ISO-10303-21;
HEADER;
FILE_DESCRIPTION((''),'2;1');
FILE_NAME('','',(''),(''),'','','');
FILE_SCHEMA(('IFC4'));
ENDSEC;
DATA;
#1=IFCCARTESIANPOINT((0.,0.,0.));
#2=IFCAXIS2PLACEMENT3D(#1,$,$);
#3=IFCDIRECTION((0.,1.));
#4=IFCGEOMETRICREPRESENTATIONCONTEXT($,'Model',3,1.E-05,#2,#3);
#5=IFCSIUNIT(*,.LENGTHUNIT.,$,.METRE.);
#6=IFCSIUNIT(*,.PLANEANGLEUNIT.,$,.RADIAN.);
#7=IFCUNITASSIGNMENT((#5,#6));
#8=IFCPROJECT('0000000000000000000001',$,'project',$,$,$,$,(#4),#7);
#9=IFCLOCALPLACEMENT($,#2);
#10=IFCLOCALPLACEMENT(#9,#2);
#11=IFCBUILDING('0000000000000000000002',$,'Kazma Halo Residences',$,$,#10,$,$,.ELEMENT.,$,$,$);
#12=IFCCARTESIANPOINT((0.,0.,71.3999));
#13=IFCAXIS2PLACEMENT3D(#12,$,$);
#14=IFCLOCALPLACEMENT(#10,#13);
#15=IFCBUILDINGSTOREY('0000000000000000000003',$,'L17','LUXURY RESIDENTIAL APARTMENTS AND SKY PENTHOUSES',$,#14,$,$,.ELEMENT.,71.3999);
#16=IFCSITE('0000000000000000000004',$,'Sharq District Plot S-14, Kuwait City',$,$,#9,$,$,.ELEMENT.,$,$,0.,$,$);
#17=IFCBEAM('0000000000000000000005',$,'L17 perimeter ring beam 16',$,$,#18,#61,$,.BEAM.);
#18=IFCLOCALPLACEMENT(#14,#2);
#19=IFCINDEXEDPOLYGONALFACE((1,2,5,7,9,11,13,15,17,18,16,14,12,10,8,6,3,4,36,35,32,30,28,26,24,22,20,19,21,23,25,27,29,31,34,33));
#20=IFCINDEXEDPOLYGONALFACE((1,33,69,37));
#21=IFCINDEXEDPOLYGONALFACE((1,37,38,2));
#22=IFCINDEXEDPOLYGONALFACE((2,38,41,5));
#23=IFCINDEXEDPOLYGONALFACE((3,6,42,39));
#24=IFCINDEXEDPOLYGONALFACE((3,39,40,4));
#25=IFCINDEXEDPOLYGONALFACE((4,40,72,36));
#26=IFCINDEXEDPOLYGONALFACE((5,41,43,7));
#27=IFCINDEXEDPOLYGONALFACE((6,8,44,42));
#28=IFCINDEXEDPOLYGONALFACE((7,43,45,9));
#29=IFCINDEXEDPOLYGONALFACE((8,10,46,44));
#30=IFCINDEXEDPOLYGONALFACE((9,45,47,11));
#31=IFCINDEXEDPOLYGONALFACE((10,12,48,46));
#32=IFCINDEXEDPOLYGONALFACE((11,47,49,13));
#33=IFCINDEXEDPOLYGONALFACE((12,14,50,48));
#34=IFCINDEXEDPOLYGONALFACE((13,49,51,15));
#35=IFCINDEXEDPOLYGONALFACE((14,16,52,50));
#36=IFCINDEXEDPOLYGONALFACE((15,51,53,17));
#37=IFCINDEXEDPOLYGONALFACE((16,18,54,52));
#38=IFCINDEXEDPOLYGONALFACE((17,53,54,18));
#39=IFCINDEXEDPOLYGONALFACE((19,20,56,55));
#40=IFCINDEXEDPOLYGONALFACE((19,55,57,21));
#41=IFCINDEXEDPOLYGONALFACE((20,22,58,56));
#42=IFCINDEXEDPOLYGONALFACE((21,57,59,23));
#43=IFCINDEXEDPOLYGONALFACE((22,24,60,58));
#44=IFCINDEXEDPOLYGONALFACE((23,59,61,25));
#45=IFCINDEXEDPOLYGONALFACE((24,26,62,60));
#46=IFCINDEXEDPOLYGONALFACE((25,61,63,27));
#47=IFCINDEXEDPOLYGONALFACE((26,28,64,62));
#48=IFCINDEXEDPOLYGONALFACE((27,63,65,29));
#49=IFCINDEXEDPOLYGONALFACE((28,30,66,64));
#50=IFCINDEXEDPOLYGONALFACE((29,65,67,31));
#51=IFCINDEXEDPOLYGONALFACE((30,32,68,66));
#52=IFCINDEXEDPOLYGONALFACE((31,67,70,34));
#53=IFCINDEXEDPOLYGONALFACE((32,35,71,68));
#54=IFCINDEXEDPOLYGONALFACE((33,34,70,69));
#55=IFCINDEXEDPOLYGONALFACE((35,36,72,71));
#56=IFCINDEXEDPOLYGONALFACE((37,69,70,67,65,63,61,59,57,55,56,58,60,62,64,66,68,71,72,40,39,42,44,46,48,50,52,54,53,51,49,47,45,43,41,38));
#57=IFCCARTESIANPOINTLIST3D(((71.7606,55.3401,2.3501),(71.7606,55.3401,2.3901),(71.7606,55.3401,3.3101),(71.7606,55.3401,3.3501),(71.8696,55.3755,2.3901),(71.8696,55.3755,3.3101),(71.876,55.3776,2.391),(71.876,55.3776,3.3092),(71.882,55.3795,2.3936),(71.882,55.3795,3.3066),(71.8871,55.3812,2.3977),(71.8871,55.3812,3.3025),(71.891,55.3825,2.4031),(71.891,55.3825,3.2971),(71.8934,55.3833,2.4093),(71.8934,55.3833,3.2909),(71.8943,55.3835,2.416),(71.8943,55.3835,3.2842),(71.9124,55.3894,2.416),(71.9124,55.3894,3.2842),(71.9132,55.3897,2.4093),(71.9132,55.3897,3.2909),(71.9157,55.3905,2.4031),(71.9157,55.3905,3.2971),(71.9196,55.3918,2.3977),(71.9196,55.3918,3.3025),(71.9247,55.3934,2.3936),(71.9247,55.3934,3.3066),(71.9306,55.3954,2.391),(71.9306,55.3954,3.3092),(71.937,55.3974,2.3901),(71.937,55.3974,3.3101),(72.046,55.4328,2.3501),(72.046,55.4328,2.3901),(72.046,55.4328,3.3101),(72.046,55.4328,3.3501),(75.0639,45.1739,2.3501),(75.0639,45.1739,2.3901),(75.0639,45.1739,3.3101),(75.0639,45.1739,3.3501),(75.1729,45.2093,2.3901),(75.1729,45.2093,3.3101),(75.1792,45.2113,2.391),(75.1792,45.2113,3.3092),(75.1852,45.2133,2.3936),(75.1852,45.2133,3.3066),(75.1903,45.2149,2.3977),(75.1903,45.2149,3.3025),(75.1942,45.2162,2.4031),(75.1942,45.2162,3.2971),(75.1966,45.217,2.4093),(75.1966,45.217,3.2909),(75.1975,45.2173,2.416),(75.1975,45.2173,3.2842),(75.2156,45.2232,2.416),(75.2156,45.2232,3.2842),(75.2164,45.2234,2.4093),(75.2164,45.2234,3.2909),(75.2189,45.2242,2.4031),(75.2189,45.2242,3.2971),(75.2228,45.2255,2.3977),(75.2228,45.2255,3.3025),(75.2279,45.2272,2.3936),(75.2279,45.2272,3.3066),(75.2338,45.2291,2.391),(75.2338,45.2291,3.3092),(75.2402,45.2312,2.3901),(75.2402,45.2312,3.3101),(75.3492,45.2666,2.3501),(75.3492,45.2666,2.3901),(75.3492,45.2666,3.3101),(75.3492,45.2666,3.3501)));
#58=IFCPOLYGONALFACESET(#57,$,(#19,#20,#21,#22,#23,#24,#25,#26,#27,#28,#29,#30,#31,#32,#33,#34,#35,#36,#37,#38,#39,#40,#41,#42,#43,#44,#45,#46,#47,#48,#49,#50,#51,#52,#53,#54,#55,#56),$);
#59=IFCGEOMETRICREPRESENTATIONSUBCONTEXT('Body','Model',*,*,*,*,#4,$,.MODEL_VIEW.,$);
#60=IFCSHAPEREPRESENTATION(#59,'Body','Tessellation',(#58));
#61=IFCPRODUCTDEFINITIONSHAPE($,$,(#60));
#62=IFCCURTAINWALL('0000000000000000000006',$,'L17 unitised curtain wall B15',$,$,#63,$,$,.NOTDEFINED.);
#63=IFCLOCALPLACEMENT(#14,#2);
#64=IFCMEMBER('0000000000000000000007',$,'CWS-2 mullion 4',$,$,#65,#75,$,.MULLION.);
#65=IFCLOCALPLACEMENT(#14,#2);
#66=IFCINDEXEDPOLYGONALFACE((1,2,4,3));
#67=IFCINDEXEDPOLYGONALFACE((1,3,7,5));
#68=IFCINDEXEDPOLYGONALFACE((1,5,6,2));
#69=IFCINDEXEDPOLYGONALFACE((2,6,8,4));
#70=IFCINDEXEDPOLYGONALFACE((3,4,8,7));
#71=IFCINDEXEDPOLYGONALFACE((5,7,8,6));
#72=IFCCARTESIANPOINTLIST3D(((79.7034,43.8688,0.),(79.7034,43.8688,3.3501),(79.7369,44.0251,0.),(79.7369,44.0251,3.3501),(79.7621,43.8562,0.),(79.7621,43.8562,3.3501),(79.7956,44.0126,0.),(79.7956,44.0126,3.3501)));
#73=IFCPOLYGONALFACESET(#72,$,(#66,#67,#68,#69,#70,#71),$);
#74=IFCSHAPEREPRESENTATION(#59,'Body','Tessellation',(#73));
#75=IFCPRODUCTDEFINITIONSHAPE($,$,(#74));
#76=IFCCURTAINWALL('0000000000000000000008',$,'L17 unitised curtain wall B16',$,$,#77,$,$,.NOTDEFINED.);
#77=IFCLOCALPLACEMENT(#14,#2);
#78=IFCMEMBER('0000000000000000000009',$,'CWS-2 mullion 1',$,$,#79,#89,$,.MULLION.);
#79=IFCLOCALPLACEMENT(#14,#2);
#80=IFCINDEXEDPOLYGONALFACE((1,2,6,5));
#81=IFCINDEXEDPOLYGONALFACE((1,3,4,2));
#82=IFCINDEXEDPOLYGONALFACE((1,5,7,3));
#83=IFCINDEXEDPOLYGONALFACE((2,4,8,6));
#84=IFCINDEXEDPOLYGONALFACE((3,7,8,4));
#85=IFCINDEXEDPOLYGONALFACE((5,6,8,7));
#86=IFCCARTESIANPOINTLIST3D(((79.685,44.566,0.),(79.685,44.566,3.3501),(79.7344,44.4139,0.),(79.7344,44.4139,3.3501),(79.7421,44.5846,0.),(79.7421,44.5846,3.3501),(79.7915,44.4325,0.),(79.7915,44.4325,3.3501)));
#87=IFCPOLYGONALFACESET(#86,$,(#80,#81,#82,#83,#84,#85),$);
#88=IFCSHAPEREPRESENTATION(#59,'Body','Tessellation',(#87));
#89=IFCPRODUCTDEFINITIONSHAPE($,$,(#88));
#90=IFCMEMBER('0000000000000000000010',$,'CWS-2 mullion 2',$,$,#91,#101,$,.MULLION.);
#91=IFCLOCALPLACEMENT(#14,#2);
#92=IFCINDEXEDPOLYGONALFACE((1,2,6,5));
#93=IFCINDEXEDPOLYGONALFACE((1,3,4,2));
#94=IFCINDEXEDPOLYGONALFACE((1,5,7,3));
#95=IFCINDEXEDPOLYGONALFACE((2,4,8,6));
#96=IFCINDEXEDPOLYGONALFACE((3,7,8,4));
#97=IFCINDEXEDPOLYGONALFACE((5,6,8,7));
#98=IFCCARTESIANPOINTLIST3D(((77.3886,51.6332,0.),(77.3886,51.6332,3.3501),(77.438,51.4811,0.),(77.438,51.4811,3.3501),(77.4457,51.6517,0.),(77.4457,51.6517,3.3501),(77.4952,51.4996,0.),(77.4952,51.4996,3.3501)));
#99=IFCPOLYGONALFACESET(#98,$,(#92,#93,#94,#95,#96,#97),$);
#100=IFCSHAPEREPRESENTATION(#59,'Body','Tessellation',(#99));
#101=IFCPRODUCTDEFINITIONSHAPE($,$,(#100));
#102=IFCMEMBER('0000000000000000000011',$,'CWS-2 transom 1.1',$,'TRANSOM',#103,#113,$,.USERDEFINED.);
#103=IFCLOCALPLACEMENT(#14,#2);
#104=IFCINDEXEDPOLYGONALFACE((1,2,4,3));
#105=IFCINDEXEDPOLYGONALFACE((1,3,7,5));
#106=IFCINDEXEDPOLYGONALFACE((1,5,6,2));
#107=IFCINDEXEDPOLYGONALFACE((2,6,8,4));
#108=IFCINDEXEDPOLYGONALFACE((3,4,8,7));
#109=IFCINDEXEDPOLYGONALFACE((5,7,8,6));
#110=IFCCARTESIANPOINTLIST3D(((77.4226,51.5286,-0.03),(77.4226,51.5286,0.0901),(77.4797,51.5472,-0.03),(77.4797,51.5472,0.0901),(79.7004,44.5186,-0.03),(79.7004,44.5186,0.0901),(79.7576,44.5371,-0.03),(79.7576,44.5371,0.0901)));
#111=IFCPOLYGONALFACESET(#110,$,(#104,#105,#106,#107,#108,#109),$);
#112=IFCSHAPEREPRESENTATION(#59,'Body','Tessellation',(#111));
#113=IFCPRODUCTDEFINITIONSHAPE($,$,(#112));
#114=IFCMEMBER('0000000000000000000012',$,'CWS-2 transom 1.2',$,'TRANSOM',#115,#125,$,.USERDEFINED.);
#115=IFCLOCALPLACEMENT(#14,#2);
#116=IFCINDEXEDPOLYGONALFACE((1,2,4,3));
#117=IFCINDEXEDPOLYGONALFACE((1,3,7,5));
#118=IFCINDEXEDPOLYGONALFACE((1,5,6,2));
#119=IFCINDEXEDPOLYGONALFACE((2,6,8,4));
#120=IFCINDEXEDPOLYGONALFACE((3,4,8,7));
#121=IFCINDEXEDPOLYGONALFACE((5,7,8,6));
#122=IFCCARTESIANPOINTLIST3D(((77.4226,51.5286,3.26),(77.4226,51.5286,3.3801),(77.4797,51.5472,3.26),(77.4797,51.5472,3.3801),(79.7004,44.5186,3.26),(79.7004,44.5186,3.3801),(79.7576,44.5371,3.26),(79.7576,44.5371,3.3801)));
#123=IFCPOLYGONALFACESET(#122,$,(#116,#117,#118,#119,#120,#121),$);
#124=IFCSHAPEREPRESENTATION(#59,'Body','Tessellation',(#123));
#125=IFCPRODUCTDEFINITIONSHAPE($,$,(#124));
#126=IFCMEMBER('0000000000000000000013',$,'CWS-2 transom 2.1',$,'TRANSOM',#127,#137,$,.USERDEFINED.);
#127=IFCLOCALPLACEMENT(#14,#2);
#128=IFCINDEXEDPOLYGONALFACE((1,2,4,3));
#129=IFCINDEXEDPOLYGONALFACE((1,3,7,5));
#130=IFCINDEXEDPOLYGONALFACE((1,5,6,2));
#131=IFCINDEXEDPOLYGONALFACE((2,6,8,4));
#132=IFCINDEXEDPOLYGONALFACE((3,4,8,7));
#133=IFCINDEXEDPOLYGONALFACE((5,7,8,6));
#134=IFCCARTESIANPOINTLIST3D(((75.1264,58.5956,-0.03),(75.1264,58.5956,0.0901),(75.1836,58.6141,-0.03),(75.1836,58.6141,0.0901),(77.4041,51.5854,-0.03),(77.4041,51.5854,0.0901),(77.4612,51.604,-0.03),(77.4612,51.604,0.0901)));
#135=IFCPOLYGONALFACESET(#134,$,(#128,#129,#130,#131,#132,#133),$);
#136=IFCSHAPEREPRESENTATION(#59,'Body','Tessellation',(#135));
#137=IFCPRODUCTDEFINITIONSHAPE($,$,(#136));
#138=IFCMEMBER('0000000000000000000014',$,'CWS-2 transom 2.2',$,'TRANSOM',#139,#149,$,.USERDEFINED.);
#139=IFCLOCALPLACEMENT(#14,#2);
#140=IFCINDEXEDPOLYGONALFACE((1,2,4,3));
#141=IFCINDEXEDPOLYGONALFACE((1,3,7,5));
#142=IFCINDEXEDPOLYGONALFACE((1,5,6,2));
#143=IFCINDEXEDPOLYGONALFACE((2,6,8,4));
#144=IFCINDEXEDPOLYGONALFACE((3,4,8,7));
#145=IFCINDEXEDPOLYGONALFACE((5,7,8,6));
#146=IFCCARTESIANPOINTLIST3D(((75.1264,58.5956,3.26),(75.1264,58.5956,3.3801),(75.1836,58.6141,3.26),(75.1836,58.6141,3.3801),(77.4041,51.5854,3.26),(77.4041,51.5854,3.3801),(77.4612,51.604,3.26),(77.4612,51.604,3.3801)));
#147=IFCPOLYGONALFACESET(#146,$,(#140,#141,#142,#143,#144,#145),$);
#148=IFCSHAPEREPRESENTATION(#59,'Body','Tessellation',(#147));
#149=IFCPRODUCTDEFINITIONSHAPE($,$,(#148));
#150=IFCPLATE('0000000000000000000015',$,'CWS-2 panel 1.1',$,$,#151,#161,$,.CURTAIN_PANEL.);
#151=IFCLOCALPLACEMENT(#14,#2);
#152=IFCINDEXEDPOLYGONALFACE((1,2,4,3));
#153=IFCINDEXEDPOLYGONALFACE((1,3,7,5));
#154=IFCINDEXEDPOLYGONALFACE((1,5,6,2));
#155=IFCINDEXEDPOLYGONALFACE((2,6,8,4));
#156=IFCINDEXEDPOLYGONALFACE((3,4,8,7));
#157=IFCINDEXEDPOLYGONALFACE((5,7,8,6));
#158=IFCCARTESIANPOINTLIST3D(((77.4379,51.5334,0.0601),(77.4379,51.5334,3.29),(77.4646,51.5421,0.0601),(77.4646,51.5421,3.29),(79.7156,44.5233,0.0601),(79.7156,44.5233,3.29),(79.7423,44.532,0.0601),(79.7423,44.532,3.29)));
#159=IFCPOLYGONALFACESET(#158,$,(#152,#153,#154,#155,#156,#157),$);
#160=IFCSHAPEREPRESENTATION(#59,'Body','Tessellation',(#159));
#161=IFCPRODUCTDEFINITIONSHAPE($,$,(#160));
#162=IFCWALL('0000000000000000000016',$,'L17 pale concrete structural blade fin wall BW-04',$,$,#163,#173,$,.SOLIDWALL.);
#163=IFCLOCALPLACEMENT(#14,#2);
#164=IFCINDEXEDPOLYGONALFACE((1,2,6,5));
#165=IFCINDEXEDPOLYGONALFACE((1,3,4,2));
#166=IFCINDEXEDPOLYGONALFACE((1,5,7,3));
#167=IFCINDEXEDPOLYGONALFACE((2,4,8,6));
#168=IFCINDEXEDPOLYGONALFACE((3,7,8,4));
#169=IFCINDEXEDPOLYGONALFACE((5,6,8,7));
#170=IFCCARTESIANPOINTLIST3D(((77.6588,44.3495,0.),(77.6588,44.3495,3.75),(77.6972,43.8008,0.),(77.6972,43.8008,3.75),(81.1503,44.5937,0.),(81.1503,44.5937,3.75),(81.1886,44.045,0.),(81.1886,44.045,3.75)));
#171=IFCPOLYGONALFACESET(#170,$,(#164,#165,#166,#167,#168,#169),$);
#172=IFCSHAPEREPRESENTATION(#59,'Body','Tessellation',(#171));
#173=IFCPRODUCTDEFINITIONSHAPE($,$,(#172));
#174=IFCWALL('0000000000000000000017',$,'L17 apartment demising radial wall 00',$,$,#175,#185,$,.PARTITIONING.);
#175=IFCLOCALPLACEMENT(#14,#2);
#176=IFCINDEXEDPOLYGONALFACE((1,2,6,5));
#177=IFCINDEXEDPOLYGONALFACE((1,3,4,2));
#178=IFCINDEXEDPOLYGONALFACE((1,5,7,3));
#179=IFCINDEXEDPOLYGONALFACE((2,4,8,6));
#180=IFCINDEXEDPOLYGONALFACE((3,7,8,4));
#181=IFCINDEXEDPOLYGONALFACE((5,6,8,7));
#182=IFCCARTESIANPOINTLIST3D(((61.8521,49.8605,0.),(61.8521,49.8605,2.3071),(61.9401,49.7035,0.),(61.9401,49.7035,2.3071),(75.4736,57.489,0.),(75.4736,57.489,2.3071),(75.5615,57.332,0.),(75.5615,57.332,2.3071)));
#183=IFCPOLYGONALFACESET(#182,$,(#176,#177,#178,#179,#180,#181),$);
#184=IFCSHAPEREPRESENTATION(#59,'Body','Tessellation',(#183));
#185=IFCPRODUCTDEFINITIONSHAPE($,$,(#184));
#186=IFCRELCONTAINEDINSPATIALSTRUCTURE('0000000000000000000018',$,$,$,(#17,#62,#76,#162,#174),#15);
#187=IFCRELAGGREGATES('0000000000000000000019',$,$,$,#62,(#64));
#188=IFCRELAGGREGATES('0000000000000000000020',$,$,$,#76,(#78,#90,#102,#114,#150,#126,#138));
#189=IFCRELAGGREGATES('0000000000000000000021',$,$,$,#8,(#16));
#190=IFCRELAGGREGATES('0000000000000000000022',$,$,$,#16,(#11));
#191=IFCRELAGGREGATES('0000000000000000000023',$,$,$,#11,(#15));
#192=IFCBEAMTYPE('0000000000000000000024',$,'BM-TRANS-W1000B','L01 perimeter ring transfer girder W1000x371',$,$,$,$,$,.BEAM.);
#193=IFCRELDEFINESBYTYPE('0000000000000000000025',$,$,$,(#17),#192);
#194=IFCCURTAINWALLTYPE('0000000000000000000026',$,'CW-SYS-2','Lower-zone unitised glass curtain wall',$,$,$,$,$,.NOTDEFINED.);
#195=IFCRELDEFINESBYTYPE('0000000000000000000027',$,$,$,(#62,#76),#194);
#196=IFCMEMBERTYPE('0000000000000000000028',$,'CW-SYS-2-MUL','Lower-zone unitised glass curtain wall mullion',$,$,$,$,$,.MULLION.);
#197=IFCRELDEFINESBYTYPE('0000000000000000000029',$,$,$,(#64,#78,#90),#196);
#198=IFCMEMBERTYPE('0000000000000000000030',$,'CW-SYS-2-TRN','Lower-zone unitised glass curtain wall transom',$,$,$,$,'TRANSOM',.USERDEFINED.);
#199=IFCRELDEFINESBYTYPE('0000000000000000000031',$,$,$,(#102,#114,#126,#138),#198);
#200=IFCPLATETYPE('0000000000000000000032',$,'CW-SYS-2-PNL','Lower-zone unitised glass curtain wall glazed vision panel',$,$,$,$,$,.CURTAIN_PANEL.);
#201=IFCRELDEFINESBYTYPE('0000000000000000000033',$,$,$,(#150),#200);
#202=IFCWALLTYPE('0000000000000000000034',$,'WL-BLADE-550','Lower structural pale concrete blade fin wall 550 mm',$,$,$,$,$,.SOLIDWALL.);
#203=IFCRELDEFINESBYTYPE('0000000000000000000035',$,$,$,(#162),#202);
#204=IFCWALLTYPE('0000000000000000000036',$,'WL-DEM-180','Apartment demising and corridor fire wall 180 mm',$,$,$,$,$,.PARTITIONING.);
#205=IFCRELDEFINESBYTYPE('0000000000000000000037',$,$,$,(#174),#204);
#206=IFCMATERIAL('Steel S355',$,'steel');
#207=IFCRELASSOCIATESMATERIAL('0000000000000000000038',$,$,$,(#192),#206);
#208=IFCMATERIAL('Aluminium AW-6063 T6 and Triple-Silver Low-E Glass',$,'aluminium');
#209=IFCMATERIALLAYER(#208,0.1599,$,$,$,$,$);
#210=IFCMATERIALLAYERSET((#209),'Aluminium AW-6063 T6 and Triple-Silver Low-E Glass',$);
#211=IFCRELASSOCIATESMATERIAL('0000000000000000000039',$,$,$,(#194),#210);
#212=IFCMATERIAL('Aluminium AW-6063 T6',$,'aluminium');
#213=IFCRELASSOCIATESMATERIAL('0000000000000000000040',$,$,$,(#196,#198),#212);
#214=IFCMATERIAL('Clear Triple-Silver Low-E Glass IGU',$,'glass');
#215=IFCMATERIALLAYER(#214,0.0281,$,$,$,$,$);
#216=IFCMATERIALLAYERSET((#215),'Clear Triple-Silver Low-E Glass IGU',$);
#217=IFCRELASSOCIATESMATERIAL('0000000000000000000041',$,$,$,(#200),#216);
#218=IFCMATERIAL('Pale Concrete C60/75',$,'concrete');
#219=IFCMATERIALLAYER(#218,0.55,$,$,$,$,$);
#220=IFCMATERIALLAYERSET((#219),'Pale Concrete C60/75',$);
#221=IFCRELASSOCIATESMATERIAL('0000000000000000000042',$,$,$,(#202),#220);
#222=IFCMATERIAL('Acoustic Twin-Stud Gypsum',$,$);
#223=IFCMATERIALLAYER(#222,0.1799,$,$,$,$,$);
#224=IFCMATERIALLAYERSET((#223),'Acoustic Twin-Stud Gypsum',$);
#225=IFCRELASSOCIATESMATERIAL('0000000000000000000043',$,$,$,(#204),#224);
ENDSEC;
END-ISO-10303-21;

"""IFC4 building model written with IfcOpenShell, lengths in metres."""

from ifc_helpers import new_model, si_unit, direction, frame, frame_2d, origin, origin_2d, place, context, subcontext, project, spatial, rectangle, i_section, extrude, material, layer, layer_set, material_profile, profile_set, type_object, element, aggregate, save


model = new_model("IFC4")

# Units and contexts
model_context = context("Model", 3, precision=1e-05, world=origin(), true_north=direction((0.0, 1.0)))
body_context = subcontext(model_context, "Body", "Model", "MODEL_VIEW")
ifc_project = project(units=[si_unit("LENGTHUNIT", "METRE"), si_unit("PLANEANGLEUNIT", "RADIAN")], contexts=[model_context])

# Site, building, storey
site_placement = place(None, origin())
site = spatial("IfcSite", under=ifc_project, at=site_placement, Name="Sharq District Plot S-14, Kuwait City", CompositionType="ELEMENT", RefElevation=0.0)
building_placement = place(site_placement, origin())
building = spatial("IfcBuilding", under=site, at=building_placement, Name="Kazma Halo Residences", CompositionType="ELEMENT")
storey_placement = place(building_placement, frame((0.0, 0.0, 71.3999)))
storey = spatial("IfcBuildingStorey", under=building, at=storey_placement, Name="L17", Description="LUXURY RESIDENTIAL APARTMENTS AND SKY PENTHOUSES", CompositionType="ELEMENT", Elevation=71.3999)

# Beam
ifc_material_1 = material(Name="Steel S355", Category="steel")
ifc_material_profile_1 = material_profile(ifc_material_1, i_section(OverallWidth=0.3, OverallDepth=1.0, WebThickness=0.019, FlangeThickness=0.04, FilletRadius=0.0259, at=origin_2d()), Name="W1000x371")
ifc_profile_set_1 = profile_set([ifc_material_profile_1], Name="Steel S355")
beam_type_1 = type_object("IfcBeamType", Name="BM-TRANS-W1000B", Description="L01 perimeter ring transfer girder W1000x371", PredefinedType="BEAM", material=ifc_profile_set_1)
beam_1_placement = place(storey_placement, frame((75.2065, 45.2202, 2.8501), z_axis=(-0.309017, 0.951056, 0.0), x_axis=(-0.951056, -0.309017, 0.0)))
element("IfcBeam", 1, at=beam_1_placement, inside=storey, type_object=beam_type_1, Name="L17 perimeter ring beam 16", PredefinedType="BEAM", context=body_context, shape_type="SweptSolid", body=[
    extrude(i_section(OverallWidth=0.3, OverallDepth=1.0, WebThickness=0.019, FlangeThickness=0.04, FilletRadius=0.0259, at=origin_2d()), origin(), (0.0, 0.0, 1.0), 10.6895),
])

# Curtain wall, member
ifc_material_2 = material(Name="Aluminium AW-6063 T6 and Triple-Silver Low-E Glass", Category="aluminium")
ifc_layer_1 = layer(ifc_material_2, 0.1599)
ifc_layer_set_1 = layer_set([ifc_layer_1], Name="Aluminium AW-6063 T6 and Triple-Silver Low-E Glass")
curtain_wall_type = type_object("IfcCurtainWallType", Name="CW-SYS-2", Description="Lower-zone unitised glass curtain wall", PredefinedType="NOTDEFINED", material=ifc_layer_set_1)
curtain_wall_1_placement = place(storey_placement, origin())
curtain_wall_1 = element("IfcCurtainWall", 2, at=curtain_wall_1_placement, inside=storey, type_object=curtain_wall_type, Name="L17 unitised curtain wall B15", PredefinedType="NOTDEFINED")
ifc_material_3 = material(Name="Aluminium AW-6063 T6", Category="aluminium")
ifc_material_profile_2 = material_profile(ifc_material_3, rectangle(XDim=0.0601, YDim=0.1599, at=origin_2d()), Name="CWM-60x160")
ifc_profile_set_2 = profile_set([ifc_material_profile_2], Name="Aluminium AW-6063 T6")
member_type_1 = type_object("IfcMemberType", Name="CW-SYS-2-MUL", Description="Lower-zone unitised glass curtain wall mullion", PredefinedType="MULLION", material=ifc_profile_set_2)
member_1_placement = place(storey_placement, frame((79.7495, 43.9407, 0.0), z_axis=(0.0, 0.0, 1.0), x_axis=(-0.977779, 0.209637, 0.0)))
member_1 = element("IfcMember", 3, at=member_1_placement, type_object=member_type_1, Name="CWS-2 mullion 4", PredefinedType="MULLION", context=body_context, shape_type="SweptSolid", body=[
    extrude(rectangle(XDim=0.0601, YDim=0.1599, at=origin_2d()), origin(), (0.0, 0.0, 1.0), 3.3501),
])
aggregate(curtain_wall_1, [member_1])

# Curtain wall, members, plate
curtain_wall_2_placement = place(storey_placement, origin())
curtain_wall_2 = element("IfcCurtainWall", 4, at=curtain_wall_2_placement, inside=storey, type_object=curtain_wall_type, Name="L17 unitised curtain wall B16", PredefinedType="NOTDEFINED")
member_2_placement = place(storey_placement, frame((79.7383, 44.4993, 0.0), z_axis=(0.0, 0.0, 1.0), x_axis=(-0.951057, -0.309017, 0.0)))
member_2 = element("IfcMember", 5, at=member_2_placement, type_object=member_type_1, Name="CWS-2 mullion 1", PredefinedType="MULLION", context=body_context, shape_type="SweptSolid", body=[
    extrude(rectangle(XDim=0.0601, YDim=0.1599, at=origin_2d()), origin(), (0.0, 0.0, 1.0), 3.3501),
])
member_3_placement = place(storey_placement, frame((77.4419, 51.5664, 0.0), z_axis=(0.0, 0.0, 1.0), x_axis=(-0.951057, -0.309017, 0.0)))
member_3 = element("IfcMember", 6, at=member_3_placement, type_object=member_type_1, Name="CWS-2 mullion 2", PredefinedType="MULLION", context=body_context, shape_type="SweptSolid", body=[
    extrude(rectangle(XDim=0.0601, YDim=0.1599, at=origin_2d()), origin(), (0.0, 0.0, 1.0), 3.3501),
])
ifc_material_profile_3 = material_profile(ifc_material_3, rectangle(XDim=0.0601, YDim=0.1201, at=origin_2d()), Name="CWT-60x120")
ifc_profile_set_3 = profile_set([ifc_material_profile_3], Name="Aluminium AW-6063 T6")
member_type_2 = type_object("IfcMemberType", Name="CW-SYS-2-TRN", Description="Lower-zone unitised glass curtain wall transom", ElementType="TRANSOM", PredefinedType="USERDEFINED", material=ifc_profile_set_3)
member_4_placement = place(storey_placement, frame((79.729, 44.5278, 0.03), z_axis=(-0.309034, 0.951051, 0.0), x_axis=(-0.951051, -0.309034, 0.0)))
member_4 = element("IfcMember", 7, at=member_4_placement, type_object=member_type_2, Name="CWS-2 transom 1.1", ObjectType="TRANSOM", PredefinedType="USERDEFINED", context=body_context, shape_type="SweptSolid", body=[
    extrude(rectangle(XDim=0.0601, YDim=0.1201, at=origin_2d()), origin(), (0.0, 0.0, 1.0), 7.3708),
])
member_5_placement = place(storey_placement, frame((79.729, 44.5278, 3.3201), z_axis=(-0.309034, 0.951051, 0.0), x_axis=(-0.951051, -0.309034, 0.0)))
member_5 = element("IfcMember", 8, at=member_5_placement, type_object=member_type_2, Name="CWS-2 transom 1.2", ObjectType="TRANSOM", PredefinedType="USERDEFINED", context=body_context, shape_type="SweptSolid", body=[
    extrude(rectangle(XDim=0.0601, YDim=0.1201, at=origin_2d()), origin(), (0.0, 0.0, 1.0), 7.3708),
])
member_6_placement = place(storey_placement, frame((77.4326, 51.5947, 0.03), z_axis=(-0.309004, 0.951061, 0.0), x_axis=(-0.951061, -0.309004, 0.0)))
member_6 = element("IfcMember", 9, at=member_6_placement, type_object=member_type_2, Name="CWS-2 transom 2.1", ObjectType="TRANSOM", PredefinedType="USERDEFINED", context=body_context, shape_type="SweptSolid", body=[
    extrude(rectangle(XDim=0.0601, YDim=0.1201, at=origin_2d()), origin(), (0.0, 0.0, 1.0), 7.3708),
])
member_7_placement = place(storey_placement, frame((77.4326, 51.5947, 3.3201), z_axis=(-0.309004, 0.951061, 0.0), x_axis=(-0.951061, -0.309004, 0.0)))
member_7 = element("IfcMember", 10, at=member_7_placement, type_object=member_type_2, Name="CWS-2 transom 2.2", ObjectType="TRANSOM", PredefinedType="USERDEFINED", context=body_context, shape_type="SweptSolid", body=[
    extrude(rectangle(XDim=0.0601, YDim=0.1201, at=origin_2d()), origin(), (0.0, 0.0, 1.0), 7.3708),
])
ifc_material_4 = material(Name="Clear Triple-Silver Low-E Glass IGU", Category="glass")
ifc_layer_2 = layer(ifc_material_4, 0.0281)
ifc_layer_set_2 = layer_set([ifc_layer_2], Name="Clear Triple-Silver Low-E Glass IGU")
plate_type = type_object("IfcPlateType", Name="CW-SYS-2-PNL", Description="Lower-zone unitised glass curtain wall glazed vision panel", PredefinedType="CURTAIN_PANEL", material=ifc_layer_set_2)
plate_placement = place(storey_placement, frame((78.5901, 48.0327, 0.0601), z_axis=(0.0, 0.0, 1.0), x_axis=(-0.309017, 0.951057, 0.0)))
plate = element("IfcPlate", 11, at=plate_placement, type_object=plate_type, Name="CWS-2 panel 1.1", PredefinedType="CURTAIN_PANEL", context=body_context, shape_type="SweptSolid", body=[
    extrude(rectangle(XDim=7.3708, YDim=0.0281, at=origin_2d()), origin(), (0.0, 0.0, 1.0), 3.23),
])
aggregate(curtain_wall_2, [member_2, member_3, member_4, member_5, plate, member_6, member_7])

# Walls
ifc_material_5 = material(Name="Pale Concrete C60/75", Category="concrete")
ifc_layer_3 = layer(ifc_material_5, 0.55)
ifc_layer_set_3 = layer_set([ifc_layer_3], Name="Pale Concrete C60/75")
wall_type_1 = type_object("IfcWallType", Name="WL-BLADE-550", Description="Lower structural pale concrete blade fin wall 550 mm", PredefinedType="SOLIDWALL", material=ifc_layer_set_3)
wall_1_placement = place(storey_placement, frame((77.678, 44.0752, 0.0), z_axis=(0.0, 0.0, 1.0), x_axis=(0.997564, 0.069755, 0.0)))
element("IfcWall", 12, at=wall_1_placement, inside=storey, type_object=wall_type_1, Name="L17 pale concrete structural blade fin wall BW-04", PredefinedType="SOLIDWALL", context=body_context, shape_type="SweptSolid", body=[
    extrude(rectangle(XDim=3.5, YDim=0.55, at=frame_2d((1.75, 0.0))), origin(), (0.0, 0.0, 1.0), 3.75),
])
ifc_material_6 = material(Name="Acoustic Twin-Stud Gypsum")
ifc_layer_4 = layer(ifc_material_6, 0.1799)
ifc_layer_set_4 = layer_set([ifc_layer_4], Name="Acoustic Twin-Stud Gypsum")
wall_type_2 = type_object("IfcWallType", Name="WL-DEM-180", Description="Apartment demising and corridor fire wall 180 mm", PredefinedType="PARTITIONING", material=ifc_layer_set_4)
wall_2_placement = place(storey_placement, frame((61.896, 49.782, 0.0), z_axis=(0.0, 0.0, 1.0), x_axis=(0.872493, 0.488626, 0.0)))
element("IfcWall", 13, at=wall_2_placement, inside=storey, type_object=wall_type_2, Name="L17 apartment demising radial wall 00", PredefinedType="PARTITIONING", context=body_context, shape_type="SweptSolid", body=[
    extrude(rectangle(XDim=15.6121, YDim=0.1799, at=frame_2d((7.8062, 0.0))), origin(), (0.0, 0.0, 1.0), 2.3071),
])

save(model, "model.ifc")
